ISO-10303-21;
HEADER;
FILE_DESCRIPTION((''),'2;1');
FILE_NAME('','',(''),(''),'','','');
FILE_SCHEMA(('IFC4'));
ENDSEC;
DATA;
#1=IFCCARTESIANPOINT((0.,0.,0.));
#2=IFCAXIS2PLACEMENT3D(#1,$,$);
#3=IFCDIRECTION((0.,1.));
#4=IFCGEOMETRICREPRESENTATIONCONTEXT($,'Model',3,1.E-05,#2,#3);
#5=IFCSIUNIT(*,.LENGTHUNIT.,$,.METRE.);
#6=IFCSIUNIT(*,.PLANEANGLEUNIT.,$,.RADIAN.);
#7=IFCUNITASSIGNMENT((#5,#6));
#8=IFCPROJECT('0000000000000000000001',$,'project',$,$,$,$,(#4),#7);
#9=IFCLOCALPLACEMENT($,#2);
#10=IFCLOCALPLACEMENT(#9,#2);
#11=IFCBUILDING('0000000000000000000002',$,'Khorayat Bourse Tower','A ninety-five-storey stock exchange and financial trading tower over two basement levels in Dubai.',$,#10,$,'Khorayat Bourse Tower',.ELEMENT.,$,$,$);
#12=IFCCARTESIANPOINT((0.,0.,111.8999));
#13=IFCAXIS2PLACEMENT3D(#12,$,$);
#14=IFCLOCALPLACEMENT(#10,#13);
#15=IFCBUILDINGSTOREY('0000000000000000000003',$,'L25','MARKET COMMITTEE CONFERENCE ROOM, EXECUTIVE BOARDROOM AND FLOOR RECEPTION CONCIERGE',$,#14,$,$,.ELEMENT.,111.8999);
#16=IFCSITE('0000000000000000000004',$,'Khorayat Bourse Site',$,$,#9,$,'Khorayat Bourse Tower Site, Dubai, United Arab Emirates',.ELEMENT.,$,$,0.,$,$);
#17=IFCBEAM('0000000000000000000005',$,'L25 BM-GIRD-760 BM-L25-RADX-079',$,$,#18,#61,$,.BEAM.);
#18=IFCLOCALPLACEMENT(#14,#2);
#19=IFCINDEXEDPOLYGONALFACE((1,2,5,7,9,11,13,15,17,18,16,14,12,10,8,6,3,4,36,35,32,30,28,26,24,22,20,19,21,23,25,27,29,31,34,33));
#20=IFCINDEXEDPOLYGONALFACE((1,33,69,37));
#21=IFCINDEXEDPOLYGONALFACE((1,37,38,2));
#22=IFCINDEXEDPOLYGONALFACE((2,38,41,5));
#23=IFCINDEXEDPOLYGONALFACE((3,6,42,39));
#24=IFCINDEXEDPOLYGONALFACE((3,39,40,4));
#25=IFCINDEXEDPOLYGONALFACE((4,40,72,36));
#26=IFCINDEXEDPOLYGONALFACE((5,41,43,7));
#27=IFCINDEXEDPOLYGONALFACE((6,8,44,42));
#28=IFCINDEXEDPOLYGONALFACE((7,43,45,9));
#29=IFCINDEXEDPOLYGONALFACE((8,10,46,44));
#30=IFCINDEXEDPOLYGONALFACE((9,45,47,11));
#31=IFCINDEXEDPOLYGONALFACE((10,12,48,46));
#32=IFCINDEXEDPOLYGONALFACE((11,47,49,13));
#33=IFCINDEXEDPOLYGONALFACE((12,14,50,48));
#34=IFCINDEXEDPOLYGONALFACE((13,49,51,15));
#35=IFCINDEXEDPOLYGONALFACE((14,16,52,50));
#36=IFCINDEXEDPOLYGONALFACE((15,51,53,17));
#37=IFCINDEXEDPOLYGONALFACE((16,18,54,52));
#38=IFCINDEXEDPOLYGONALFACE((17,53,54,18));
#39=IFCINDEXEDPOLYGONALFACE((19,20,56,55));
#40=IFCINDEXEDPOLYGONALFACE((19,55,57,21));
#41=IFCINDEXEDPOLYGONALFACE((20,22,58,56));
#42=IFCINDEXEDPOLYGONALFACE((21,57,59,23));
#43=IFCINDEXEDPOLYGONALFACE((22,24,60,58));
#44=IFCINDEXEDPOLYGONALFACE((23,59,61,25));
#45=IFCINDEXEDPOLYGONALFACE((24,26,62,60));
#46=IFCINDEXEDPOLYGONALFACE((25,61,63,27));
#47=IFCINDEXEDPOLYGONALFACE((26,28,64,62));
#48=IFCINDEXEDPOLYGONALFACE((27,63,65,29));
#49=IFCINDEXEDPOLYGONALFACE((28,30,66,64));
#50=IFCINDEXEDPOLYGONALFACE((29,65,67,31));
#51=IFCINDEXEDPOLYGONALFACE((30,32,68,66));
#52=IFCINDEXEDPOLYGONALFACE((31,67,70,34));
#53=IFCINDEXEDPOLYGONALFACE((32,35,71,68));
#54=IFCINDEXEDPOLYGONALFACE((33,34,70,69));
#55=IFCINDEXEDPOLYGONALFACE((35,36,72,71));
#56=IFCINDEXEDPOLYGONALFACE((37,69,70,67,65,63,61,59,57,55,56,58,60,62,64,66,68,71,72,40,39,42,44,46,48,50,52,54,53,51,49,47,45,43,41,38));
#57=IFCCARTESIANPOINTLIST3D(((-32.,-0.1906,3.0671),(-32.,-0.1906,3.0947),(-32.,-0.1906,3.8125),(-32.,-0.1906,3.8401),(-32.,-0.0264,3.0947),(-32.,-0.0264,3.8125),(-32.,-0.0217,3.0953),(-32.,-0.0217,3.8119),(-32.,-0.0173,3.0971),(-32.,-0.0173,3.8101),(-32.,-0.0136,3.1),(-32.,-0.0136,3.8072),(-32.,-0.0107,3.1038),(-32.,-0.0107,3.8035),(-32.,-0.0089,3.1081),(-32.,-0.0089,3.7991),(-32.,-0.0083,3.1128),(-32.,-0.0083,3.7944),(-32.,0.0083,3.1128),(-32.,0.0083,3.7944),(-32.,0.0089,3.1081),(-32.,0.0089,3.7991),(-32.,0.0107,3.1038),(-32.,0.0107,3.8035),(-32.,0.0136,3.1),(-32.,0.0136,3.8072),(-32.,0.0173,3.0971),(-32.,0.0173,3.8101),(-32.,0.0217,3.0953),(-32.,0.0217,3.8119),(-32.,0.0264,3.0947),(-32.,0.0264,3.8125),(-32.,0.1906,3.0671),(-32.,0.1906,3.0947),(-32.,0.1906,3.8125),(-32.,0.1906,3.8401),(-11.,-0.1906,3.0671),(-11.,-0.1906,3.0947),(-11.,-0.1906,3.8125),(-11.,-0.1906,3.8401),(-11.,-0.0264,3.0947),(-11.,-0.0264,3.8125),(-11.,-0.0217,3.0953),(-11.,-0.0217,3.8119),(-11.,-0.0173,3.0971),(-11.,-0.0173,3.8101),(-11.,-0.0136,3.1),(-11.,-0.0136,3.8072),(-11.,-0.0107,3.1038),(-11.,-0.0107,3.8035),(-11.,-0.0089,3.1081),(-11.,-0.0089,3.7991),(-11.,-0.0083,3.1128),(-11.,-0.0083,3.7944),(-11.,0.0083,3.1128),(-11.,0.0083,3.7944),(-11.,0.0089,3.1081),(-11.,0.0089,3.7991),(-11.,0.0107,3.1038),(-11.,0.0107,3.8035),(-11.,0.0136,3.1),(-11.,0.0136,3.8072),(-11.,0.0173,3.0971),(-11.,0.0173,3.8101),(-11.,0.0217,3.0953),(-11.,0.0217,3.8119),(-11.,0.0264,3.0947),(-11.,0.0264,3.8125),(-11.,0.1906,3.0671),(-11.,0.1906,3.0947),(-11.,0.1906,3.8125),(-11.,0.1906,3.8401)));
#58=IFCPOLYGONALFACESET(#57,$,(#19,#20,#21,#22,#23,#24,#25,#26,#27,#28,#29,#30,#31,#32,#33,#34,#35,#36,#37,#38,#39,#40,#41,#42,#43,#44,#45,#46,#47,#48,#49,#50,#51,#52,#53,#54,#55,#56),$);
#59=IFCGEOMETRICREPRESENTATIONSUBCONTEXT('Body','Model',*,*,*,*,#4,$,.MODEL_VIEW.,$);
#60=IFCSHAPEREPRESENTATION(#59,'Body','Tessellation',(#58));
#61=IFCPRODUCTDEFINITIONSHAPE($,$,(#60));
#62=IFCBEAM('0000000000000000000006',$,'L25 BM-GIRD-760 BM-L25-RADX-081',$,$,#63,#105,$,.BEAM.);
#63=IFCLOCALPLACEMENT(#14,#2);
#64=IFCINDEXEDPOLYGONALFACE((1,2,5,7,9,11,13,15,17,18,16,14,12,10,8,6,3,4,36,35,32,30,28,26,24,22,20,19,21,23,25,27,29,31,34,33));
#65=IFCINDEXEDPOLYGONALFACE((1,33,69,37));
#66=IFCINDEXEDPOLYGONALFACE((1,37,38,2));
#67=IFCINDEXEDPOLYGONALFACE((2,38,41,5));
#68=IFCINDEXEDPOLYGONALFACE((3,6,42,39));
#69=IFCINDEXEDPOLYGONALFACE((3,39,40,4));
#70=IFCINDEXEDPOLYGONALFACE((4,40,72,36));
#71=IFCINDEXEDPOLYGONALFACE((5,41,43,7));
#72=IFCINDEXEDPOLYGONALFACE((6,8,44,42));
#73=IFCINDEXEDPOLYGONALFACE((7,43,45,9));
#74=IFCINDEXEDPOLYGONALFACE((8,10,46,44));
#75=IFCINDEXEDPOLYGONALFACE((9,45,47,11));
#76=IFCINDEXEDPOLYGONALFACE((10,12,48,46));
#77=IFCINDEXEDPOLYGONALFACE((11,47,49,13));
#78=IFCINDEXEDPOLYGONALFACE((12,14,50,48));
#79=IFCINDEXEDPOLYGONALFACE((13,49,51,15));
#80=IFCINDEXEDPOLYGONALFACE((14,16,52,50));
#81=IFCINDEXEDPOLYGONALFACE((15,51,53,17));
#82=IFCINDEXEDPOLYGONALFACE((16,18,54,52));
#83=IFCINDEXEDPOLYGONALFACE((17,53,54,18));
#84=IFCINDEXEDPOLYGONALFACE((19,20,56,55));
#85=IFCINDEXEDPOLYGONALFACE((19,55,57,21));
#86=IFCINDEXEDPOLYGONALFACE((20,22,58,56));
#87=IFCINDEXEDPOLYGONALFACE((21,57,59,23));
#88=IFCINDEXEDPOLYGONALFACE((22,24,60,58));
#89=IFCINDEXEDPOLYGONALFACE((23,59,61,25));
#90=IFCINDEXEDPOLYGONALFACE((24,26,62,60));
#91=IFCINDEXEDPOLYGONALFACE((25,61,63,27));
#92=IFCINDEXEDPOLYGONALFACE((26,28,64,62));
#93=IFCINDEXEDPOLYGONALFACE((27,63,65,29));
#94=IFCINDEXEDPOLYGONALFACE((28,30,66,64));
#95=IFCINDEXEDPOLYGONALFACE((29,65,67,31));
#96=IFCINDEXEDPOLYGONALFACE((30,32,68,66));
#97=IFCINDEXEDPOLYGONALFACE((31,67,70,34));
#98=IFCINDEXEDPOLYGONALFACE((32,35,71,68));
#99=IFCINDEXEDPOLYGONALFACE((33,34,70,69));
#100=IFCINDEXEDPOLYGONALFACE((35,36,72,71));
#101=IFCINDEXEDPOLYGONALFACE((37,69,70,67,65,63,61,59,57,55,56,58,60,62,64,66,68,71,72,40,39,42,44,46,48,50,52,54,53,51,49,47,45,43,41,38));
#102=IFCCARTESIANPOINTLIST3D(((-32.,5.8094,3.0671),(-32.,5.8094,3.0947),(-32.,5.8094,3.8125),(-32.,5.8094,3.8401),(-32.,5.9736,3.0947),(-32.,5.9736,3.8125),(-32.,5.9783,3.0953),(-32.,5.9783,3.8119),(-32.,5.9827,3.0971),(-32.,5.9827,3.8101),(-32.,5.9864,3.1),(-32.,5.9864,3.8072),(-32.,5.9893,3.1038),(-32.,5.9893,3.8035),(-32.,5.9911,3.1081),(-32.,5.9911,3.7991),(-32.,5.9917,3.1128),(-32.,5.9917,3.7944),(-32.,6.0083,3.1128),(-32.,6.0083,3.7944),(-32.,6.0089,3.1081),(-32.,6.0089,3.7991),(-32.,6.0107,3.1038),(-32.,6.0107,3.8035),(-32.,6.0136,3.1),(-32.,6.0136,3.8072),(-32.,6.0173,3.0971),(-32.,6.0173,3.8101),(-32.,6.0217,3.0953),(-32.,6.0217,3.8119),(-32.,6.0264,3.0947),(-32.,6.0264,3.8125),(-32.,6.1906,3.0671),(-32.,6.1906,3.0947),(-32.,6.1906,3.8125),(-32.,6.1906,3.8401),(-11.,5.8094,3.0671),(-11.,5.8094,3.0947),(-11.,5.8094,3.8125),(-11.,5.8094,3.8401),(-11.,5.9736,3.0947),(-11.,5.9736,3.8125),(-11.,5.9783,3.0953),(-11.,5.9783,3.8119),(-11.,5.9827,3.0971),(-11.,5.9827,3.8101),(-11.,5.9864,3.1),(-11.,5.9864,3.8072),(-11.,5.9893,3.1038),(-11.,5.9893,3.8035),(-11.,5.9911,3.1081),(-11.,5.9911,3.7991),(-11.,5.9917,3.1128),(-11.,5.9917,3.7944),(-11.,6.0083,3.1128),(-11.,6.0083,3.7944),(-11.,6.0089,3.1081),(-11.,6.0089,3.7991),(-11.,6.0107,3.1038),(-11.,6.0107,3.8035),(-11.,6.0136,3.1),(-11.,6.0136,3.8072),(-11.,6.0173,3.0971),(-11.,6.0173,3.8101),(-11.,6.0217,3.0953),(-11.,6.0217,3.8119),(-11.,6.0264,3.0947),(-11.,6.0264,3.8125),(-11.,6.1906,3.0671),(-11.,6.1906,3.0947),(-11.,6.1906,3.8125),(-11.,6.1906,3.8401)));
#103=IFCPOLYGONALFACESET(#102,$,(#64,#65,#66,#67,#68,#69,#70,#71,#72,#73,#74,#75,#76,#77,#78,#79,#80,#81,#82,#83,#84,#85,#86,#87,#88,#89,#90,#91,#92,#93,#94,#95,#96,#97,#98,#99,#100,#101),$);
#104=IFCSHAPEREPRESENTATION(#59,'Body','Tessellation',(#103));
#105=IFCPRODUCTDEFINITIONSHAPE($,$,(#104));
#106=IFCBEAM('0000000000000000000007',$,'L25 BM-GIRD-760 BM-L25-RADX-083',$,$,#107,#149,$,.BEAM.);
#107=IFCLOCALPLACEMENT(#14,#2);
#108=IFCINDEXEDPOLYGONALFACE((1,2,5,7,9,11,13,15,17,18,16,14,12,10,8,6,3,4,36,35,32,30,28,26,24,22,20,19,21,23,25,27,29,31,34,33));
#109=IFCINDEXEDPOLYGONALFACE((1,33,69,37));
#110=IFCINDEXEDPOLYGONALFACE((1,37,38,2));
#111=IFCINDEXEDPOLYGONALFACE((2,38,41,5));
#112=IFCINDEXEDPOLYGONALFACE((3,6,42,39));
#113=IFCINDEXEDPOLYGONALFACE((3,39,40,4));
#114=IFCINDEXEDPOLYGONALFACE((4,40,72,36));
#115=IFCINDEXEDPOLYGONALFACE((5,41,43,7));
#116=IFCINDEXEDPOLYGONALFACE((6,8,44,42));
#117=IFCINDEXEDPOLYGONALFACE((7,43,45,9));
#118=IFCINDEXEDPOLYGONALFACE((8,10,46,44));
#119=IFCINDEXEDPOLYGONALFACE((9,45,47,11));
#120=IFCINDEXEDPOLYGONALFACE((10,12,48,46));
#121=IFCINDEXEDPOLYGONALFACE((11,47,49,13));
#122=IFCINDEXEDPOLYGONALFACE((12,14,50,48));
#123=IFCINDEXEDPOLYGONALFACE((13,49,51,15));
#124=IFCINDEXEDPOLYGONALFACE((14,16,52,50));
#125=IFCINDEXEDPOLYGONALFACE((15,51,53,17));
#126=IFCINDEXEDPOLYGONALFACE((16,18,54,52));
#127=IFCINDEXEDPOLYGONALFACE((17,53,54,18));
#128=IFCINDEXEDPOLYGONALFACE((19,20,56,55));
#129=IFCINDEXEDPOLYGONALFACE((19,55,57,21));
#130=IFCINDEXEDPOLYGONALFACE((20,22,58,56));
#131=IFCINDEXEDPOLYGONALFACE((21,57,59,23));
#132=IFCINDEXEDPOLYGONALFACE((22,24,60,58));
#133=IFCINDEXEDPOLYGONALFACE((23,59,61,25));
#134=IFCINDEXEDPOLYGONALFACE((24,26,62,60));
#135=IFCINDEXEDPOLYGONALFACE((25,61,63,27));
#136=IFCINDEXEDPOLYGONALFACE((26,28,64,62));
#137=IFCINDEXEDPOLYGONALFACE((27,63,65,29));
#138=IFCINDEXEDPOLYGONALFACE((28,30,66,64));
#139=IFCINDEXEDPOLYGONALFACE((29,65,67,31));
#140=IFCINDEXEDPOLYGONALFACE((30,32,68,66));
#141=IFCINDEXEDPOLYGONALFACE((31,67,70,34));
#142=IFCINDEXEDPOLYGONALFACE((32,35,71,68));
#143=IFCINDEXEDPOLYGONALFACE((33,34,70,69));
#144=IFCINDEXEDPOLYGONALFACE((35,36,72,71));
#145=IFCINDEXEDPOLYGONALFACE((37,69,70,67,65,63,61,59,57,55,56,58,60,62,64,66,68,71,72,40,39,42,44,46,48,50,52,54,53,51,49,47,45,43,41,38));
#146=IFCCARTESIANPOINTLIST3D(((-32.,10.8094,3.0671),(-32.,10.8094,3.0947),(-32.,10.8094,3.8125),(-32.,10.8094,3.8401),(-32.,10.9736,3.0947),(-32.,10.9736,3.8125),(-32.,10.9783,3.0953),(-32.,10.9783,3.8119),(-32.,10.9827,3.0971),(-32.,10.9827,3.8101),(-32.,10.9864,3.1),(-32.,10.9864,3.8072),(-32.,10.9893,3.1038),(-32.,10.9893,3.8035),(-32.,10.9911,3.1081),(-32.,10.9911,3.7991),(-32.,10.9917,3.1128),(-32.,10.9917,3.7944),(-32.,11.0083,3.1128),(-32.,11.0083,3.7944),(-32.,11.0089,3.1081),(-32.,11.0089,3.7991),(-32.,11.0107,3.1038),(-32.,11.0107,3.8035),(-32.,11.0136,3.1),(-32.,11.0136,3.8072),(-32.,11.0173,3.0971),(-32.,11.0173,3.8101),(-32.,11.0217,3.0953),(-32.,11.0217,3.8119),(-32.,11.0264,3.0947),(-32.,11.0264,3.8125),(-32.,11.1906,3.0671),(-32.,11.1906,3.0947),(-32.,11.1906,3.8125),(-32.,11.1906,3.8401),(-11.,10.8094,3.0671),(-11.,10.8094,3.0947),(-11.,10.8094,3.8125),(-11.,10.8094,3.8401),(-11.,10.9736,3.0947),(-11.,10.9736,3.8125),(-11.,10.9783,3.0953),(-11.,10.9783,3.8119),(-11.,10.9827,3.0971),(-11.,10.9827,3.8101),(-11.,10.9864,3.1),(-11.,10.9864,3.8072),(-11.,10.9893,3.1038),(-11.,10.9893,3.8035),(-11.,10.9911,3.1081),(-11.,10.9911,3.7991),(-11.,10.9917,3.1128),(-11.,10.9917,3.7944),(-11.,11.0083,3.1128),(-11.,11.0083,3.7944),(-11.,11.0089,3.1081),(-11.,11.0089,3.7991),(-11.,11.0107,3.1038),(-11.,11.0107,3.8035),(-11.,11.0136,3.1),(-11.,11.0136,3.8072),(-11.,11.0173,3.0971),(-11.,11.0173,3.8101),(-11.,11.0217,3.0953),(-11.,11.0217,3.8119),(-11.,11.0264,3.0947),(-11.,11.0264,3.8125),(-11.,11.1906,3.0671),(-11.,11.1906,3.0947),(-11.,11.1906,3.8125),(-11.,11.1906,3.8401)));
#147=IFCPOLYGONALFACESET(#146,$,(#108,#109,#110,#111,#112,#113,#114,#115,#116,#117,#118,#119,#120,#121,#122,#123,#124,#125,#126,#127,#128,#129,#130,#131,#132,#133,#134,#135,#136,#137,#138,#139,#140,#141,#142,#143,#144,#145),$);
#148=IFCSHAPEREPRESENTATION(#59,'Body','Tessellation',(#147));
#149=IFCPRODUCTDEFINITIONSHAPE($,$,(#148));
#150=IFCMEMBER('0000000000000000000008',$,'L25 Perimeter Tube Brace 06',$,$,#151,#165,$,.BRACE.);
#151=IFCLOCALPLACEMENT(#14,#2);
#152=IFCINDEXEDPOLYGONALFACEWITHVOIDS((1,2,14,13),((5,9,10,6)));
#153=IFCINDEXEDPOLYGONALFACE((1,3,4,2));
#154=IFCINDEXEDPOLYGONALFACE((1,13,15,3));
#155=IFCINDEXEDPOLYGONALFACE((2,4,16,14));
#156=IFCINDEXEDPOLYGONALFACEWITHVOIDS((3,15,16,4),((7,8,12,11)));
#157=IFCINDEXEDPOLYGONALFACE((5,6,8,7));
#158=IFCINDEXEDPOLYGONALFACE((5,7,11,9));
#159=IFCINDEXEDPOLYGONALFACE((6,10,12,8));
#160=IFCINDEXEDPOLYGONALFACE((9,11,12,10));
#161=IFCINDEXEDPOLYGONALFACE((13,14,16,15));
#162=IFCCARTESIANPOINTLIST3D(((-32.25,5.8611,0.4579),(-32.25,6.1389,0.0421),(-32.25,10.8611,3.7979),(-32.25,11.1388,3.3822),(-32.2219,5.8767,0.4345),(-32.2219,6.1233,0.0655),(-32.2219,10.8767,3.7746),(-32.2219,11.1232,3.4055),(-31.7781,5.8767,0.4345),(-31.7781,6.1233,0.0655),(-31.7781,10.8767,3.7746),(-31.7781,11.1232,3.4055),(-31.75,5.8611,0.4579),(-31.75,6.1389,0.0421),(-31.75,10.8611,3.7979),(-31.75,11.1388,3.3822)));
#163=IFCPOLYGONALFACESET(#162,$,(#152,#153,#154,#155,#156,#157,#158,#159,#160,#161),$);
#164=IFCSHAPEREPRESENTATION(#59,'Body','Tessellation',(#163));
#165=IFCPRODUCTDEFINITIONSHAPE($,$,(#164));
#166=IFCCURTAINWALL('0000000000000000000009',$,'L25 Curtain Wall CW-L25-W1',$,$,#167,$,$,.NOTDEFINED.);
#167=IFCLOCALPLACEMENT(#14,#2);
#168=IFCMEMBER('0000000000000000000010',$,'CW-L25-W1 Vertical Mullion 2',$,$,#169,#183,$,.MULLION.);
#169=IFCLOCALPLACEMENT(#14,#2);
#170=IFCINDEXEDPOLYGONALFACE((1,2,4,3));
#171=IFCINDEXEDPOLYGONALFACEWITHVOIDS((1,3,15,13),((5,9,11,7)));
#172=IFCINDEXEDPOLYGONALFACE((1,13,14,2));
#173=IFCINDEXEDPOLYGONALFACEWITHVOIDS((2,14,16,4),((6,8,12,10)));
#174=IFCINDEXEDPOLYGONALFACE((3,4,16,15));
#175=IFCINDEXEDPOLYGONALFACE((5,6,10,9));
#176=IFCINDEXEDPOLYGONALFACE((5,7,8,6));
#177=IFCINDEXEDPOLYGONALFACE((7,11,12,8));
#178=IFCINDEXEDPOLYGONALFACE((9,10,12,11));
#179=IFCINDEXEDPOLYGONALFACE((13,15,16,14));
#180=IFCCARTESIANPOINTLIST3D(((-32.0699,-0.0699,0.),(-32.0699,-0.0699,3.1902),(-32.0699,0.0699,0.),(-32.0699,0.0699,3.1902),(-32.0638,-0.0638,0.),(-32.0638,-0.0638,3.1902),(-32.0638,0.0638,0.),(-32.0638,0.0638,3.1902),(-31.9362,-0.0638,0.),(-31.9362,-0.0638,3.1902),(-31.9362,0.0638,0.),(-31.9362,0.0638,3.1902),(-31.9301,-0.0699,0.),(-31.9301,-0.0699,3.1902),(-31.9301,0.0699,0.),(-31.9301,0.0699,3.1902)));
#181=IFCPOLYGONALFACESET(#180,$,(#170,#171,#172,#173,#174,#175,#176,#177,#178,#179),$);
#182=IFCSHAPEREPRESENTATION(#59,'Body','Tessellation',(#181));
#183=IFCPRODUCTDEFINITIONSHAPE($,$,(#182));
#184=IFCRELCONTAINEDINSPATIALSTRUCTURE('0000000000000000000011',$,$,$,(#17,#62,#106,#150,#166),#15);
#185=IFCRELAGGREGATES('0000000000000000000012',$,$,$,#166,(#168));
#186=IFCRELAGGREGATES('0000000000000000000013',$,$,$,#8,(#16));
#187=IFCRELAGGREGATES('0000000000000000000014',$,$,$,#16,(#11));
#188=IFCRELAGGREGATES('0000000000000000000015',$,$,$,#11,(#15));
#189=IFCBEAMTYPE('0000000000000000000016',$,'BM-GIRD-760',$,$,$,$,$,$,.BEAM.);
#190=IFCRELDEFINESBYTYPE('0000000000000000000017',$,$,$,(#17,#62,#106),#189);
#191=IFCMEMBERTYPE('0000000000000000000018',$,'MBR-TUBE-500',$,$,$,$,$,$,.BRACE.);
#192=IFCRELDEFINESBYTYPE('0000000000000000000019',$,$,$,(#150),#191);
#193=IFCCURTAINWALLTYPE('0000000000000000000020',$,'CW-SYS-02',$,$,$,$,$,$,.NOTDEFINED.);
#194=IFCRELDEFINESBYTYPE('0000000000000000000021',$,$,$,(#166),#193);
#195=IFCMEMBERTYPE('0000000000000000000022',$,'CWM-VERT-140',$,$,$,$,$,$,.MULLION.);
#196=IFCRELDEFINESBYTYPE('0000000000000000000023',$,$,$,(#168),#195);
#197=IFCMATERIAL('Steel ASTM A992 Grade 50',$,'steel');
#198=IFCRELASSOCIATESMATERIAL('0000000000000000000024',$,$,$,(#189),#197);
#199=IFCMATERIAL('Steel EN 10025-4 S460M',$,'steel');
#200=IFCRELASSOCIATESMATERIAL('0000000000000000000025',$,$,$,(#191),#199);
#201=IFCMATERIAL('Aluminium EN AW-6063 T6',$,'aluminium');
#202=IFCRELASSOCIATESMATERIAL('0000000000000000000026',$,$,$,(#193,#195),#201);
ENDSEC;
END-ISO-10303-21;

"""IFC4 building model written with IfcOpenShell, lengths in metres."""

from ifc_helpers import new_model, si_unit, direction, frame, origin, origin_2d, place, context, subcontext, project, spatial, hollow_rectangle, i_section, extrude, source, transform, mapped, material, material_profile, profile_set, type_object, element, aggregate, save


model = new_model("IFC4")

# Units and contexts
model_context = context("Model", 3, precision=1e-05, world=origin(), true_north=direction((0.0, 1.0)))
body_context = subcontext(model_context, "Body", "Model", "MODEL_VIEW")
ifc_project = project(units=[si_unit("LENGTHUNIT", "METRE"), si_unit("PLANEANGLEUNIT", "RADIAN")], contexts=[model_context])

# Site, building, storey
site_placement = place(None, origin())
site = spatial("IfcSite", under=ifc_project, at=site_placement, Name="Khorayat Bourse Site", LongName="Khorayat Bourse Tower Site, Dubai, United Arab Emirates", CompositionType="ELEMENT", RefElevation=0.0)
building_placement = place(site_placement, origin())
building = spatial("IfcBuilding", under=site, at=building_placement, Name="Khorayat Bourse Tower", Description="A ninety-five-storey stock exchange and financial trading tower over two basement levels in Dubai.", LongName="Khorayat Bourse Tower", CompositionType="ELEMENT")
storey_placement = place(building_placement, frame((0.0, 0.0, 111.8999)))
storey = spatial("IfcBuildingStorey", under=building, at=storey_placement, Name="L25", Description="MARKET COMMITTEE CONFERENCE ROOM, EXECUTIVE BOARDROOM AND FLOOR RECEPTION CONCIERGE", CompositionType="ELEMENT", Elevation=111.8999)

# Shared definitions
ifc_material_1 = material(Name="Steel EN 10025-4 S460M", Category="steel")

# Beams
ifc_material_2 = material(Name="Steel ASTM A992 Grade 50", Category="steel")
ifc_material_profile_1 = material_profile(ifc_material_2, i_section(OverallWidth=0.3811, OverallDepth=0.7729, WebThickness=0.0166, FlangeThickness=0.0276, FilletRadius=0.0181, at=origin_2d()), Name="W760X257")
ifc_profile_set_1 = profile_set([ifc_material_profile_1], Name="Steel ASTM A992 Grade 50")
beam_type_1 = type_object("IfcBeamType", Name="BM-GIRD-760", PredefinedType="BEAM", material=ifc_profile_set_1)
shared_shape_1 = source(origin(), body_context, "Body", "SweptSolid", [
    extrude(i_section(OverallWidth=0.3811, OverallDepth=0.7729, WebThickness=0.0166, FlangeThickness=0.0276, FilletRadius=0.0181, at=origin_2d()), origin(), (0.0, 0.0, 1.0), 21.0),
])
for number, where, z_axis, x_axis, name in (
    (1, (-32.0, 0.0, 3.4536), (1.0, 0.0, 0.0), (0.0, 1.0, 0.0), "L25 BM-GIRD-760 BM-L25-RADX-079"),
    (2, (-32.0, 6.0, 3.4536), (1.0, 0.0, 0.0), (0.0, 1.0, 0.0), "L25 BM-GIRD-760 BM-L25-RADX-081"),
    (3, (-32.0, 11.0, 3.4536), (1.0, 0.0, 0.0), (0.0, 1.0, 0.0), "L25 BM-GIRD-760 BM-L25-RADX-083"),
):
    element("IfcBeam", number, at=place(storey_placement, frame(where, z_axis=z_axis, x_axis=x_axis)), inside=storey, type_object=beam_type_1, Name=name, PredefinedType="BEAM", context=body_context, shape_type="MappedRepresentation", body=[
        mapped(shared_shape_1, transform((0.0, 0.0, 0.0), scale=1.0)),
    ])

# Member
ifc_material_profile_2 = material_profile(ifc_material_1, hollow_rectangle(XDim=0.5, YDim=0.5, WallThickness=0.0281, at=origin_2d()), Name="HSS 500x500x28")
ifc_profile_set_2 = profile_set([ifc_material_profile_2], Name="Steel EN 10025-4 S460M")
member_type_1 = type_object("IfcMemberType", Name="MBR-TUBE-500", PredefinedType="BRACE", material=ifc_profile_set_2)
shared_shape_2 = source(origin(), body_context, "Body", "SweptSolid", [
    extrude(hollow_rectangle(XDim=0.5, YDim=0.5, WallThickness=0.0281, at=origin_2d()), origin(), (0.0, 0.0, 1.0), 6.0129),
])
member_1_placement = place(storey_placement, frame((-32.0, 6.0, 0.25), z_axis=(0.0, 0.831531, 0.555478), x_axis=(-1.0, 0.0, 0.0)))
element("IfcMember", 4, at=member_1_placement, inside=storey, type_object=member_type_1, Name="L25 Perimeter Tube Brace 06", PredefinedType="BRACE", context=body_context, shape_type="MappedRepresentation", body=[
    mapped(shared_shape_2, transform((0.0, 0.0, 0.0), scale=1.0)),
])

# Curtain wall, member
ifc_material_3 = material(Name="Aluminium EN AW-6063 T6", Category="aluminium")
curtain_wall_type = type_object("IfcCurtainWallType", Name="CW-SYS-02", PredefinedType="NOTDEFINED", material=ifc_material_3)
curtain_wall_placement = place(storey_placement, origin())
curtain_wall = element("IfcCurtainWall", 5, at=curtain_wall_placement, inside=storey, type_object=curtain_wall_type, Name="L25 Curtain Wall CW-L25-W1", PredefinedType="NOTDEFINED")
ifc_material_profile_3 = material_profile(ifc_material_3, hollow_rectangle(XDim=0.1399, YDim=0.1399, WallThickness=0.0061, at=origin_2d()), Name="ALU 140x140x6")
ifc_profile_set_3 = profile_set([ifc_material_profile_3], Name="Aluminium EN AW-6063 T6")
member_type_2 = type_object("IfcMemberType", Name="CWM-VERT-140", PredefinedType="MULLION", material=ifc_profile_set_3)
shared_shape_3 = source(origin(), body_context, "Body", "SweptSolid", [
    extrude(hollow_rectangle(XDim=0.1399, YDim=0.1399, WallThickness=0.0061, at=origin_2d()), origin(), (0.0, 0.0, 1.0), 3.1902),
])
member_2_placement = place(storey_placement, frame((-32.0, 0.0, 0.0), z_axis=(0.0, 0.0, 1.0), x_axis=(-1.0, 0.0, 0.0)))
member_2 = element("IfcMember", 6, at=member_2_placement, type_object=member_type_2, Name="CW-L25-W1 Vertical Mullion 2", PredefinedType="MULLION", context=body_context, shape_type="MappedRepresentation", body=[
    mapped(shared_shape_3, transform((0.0, 0.0, 0.0), scale=1.0)),
])
aggregate(curtain_wall, [member_2])

save(model, "model.ifc")
